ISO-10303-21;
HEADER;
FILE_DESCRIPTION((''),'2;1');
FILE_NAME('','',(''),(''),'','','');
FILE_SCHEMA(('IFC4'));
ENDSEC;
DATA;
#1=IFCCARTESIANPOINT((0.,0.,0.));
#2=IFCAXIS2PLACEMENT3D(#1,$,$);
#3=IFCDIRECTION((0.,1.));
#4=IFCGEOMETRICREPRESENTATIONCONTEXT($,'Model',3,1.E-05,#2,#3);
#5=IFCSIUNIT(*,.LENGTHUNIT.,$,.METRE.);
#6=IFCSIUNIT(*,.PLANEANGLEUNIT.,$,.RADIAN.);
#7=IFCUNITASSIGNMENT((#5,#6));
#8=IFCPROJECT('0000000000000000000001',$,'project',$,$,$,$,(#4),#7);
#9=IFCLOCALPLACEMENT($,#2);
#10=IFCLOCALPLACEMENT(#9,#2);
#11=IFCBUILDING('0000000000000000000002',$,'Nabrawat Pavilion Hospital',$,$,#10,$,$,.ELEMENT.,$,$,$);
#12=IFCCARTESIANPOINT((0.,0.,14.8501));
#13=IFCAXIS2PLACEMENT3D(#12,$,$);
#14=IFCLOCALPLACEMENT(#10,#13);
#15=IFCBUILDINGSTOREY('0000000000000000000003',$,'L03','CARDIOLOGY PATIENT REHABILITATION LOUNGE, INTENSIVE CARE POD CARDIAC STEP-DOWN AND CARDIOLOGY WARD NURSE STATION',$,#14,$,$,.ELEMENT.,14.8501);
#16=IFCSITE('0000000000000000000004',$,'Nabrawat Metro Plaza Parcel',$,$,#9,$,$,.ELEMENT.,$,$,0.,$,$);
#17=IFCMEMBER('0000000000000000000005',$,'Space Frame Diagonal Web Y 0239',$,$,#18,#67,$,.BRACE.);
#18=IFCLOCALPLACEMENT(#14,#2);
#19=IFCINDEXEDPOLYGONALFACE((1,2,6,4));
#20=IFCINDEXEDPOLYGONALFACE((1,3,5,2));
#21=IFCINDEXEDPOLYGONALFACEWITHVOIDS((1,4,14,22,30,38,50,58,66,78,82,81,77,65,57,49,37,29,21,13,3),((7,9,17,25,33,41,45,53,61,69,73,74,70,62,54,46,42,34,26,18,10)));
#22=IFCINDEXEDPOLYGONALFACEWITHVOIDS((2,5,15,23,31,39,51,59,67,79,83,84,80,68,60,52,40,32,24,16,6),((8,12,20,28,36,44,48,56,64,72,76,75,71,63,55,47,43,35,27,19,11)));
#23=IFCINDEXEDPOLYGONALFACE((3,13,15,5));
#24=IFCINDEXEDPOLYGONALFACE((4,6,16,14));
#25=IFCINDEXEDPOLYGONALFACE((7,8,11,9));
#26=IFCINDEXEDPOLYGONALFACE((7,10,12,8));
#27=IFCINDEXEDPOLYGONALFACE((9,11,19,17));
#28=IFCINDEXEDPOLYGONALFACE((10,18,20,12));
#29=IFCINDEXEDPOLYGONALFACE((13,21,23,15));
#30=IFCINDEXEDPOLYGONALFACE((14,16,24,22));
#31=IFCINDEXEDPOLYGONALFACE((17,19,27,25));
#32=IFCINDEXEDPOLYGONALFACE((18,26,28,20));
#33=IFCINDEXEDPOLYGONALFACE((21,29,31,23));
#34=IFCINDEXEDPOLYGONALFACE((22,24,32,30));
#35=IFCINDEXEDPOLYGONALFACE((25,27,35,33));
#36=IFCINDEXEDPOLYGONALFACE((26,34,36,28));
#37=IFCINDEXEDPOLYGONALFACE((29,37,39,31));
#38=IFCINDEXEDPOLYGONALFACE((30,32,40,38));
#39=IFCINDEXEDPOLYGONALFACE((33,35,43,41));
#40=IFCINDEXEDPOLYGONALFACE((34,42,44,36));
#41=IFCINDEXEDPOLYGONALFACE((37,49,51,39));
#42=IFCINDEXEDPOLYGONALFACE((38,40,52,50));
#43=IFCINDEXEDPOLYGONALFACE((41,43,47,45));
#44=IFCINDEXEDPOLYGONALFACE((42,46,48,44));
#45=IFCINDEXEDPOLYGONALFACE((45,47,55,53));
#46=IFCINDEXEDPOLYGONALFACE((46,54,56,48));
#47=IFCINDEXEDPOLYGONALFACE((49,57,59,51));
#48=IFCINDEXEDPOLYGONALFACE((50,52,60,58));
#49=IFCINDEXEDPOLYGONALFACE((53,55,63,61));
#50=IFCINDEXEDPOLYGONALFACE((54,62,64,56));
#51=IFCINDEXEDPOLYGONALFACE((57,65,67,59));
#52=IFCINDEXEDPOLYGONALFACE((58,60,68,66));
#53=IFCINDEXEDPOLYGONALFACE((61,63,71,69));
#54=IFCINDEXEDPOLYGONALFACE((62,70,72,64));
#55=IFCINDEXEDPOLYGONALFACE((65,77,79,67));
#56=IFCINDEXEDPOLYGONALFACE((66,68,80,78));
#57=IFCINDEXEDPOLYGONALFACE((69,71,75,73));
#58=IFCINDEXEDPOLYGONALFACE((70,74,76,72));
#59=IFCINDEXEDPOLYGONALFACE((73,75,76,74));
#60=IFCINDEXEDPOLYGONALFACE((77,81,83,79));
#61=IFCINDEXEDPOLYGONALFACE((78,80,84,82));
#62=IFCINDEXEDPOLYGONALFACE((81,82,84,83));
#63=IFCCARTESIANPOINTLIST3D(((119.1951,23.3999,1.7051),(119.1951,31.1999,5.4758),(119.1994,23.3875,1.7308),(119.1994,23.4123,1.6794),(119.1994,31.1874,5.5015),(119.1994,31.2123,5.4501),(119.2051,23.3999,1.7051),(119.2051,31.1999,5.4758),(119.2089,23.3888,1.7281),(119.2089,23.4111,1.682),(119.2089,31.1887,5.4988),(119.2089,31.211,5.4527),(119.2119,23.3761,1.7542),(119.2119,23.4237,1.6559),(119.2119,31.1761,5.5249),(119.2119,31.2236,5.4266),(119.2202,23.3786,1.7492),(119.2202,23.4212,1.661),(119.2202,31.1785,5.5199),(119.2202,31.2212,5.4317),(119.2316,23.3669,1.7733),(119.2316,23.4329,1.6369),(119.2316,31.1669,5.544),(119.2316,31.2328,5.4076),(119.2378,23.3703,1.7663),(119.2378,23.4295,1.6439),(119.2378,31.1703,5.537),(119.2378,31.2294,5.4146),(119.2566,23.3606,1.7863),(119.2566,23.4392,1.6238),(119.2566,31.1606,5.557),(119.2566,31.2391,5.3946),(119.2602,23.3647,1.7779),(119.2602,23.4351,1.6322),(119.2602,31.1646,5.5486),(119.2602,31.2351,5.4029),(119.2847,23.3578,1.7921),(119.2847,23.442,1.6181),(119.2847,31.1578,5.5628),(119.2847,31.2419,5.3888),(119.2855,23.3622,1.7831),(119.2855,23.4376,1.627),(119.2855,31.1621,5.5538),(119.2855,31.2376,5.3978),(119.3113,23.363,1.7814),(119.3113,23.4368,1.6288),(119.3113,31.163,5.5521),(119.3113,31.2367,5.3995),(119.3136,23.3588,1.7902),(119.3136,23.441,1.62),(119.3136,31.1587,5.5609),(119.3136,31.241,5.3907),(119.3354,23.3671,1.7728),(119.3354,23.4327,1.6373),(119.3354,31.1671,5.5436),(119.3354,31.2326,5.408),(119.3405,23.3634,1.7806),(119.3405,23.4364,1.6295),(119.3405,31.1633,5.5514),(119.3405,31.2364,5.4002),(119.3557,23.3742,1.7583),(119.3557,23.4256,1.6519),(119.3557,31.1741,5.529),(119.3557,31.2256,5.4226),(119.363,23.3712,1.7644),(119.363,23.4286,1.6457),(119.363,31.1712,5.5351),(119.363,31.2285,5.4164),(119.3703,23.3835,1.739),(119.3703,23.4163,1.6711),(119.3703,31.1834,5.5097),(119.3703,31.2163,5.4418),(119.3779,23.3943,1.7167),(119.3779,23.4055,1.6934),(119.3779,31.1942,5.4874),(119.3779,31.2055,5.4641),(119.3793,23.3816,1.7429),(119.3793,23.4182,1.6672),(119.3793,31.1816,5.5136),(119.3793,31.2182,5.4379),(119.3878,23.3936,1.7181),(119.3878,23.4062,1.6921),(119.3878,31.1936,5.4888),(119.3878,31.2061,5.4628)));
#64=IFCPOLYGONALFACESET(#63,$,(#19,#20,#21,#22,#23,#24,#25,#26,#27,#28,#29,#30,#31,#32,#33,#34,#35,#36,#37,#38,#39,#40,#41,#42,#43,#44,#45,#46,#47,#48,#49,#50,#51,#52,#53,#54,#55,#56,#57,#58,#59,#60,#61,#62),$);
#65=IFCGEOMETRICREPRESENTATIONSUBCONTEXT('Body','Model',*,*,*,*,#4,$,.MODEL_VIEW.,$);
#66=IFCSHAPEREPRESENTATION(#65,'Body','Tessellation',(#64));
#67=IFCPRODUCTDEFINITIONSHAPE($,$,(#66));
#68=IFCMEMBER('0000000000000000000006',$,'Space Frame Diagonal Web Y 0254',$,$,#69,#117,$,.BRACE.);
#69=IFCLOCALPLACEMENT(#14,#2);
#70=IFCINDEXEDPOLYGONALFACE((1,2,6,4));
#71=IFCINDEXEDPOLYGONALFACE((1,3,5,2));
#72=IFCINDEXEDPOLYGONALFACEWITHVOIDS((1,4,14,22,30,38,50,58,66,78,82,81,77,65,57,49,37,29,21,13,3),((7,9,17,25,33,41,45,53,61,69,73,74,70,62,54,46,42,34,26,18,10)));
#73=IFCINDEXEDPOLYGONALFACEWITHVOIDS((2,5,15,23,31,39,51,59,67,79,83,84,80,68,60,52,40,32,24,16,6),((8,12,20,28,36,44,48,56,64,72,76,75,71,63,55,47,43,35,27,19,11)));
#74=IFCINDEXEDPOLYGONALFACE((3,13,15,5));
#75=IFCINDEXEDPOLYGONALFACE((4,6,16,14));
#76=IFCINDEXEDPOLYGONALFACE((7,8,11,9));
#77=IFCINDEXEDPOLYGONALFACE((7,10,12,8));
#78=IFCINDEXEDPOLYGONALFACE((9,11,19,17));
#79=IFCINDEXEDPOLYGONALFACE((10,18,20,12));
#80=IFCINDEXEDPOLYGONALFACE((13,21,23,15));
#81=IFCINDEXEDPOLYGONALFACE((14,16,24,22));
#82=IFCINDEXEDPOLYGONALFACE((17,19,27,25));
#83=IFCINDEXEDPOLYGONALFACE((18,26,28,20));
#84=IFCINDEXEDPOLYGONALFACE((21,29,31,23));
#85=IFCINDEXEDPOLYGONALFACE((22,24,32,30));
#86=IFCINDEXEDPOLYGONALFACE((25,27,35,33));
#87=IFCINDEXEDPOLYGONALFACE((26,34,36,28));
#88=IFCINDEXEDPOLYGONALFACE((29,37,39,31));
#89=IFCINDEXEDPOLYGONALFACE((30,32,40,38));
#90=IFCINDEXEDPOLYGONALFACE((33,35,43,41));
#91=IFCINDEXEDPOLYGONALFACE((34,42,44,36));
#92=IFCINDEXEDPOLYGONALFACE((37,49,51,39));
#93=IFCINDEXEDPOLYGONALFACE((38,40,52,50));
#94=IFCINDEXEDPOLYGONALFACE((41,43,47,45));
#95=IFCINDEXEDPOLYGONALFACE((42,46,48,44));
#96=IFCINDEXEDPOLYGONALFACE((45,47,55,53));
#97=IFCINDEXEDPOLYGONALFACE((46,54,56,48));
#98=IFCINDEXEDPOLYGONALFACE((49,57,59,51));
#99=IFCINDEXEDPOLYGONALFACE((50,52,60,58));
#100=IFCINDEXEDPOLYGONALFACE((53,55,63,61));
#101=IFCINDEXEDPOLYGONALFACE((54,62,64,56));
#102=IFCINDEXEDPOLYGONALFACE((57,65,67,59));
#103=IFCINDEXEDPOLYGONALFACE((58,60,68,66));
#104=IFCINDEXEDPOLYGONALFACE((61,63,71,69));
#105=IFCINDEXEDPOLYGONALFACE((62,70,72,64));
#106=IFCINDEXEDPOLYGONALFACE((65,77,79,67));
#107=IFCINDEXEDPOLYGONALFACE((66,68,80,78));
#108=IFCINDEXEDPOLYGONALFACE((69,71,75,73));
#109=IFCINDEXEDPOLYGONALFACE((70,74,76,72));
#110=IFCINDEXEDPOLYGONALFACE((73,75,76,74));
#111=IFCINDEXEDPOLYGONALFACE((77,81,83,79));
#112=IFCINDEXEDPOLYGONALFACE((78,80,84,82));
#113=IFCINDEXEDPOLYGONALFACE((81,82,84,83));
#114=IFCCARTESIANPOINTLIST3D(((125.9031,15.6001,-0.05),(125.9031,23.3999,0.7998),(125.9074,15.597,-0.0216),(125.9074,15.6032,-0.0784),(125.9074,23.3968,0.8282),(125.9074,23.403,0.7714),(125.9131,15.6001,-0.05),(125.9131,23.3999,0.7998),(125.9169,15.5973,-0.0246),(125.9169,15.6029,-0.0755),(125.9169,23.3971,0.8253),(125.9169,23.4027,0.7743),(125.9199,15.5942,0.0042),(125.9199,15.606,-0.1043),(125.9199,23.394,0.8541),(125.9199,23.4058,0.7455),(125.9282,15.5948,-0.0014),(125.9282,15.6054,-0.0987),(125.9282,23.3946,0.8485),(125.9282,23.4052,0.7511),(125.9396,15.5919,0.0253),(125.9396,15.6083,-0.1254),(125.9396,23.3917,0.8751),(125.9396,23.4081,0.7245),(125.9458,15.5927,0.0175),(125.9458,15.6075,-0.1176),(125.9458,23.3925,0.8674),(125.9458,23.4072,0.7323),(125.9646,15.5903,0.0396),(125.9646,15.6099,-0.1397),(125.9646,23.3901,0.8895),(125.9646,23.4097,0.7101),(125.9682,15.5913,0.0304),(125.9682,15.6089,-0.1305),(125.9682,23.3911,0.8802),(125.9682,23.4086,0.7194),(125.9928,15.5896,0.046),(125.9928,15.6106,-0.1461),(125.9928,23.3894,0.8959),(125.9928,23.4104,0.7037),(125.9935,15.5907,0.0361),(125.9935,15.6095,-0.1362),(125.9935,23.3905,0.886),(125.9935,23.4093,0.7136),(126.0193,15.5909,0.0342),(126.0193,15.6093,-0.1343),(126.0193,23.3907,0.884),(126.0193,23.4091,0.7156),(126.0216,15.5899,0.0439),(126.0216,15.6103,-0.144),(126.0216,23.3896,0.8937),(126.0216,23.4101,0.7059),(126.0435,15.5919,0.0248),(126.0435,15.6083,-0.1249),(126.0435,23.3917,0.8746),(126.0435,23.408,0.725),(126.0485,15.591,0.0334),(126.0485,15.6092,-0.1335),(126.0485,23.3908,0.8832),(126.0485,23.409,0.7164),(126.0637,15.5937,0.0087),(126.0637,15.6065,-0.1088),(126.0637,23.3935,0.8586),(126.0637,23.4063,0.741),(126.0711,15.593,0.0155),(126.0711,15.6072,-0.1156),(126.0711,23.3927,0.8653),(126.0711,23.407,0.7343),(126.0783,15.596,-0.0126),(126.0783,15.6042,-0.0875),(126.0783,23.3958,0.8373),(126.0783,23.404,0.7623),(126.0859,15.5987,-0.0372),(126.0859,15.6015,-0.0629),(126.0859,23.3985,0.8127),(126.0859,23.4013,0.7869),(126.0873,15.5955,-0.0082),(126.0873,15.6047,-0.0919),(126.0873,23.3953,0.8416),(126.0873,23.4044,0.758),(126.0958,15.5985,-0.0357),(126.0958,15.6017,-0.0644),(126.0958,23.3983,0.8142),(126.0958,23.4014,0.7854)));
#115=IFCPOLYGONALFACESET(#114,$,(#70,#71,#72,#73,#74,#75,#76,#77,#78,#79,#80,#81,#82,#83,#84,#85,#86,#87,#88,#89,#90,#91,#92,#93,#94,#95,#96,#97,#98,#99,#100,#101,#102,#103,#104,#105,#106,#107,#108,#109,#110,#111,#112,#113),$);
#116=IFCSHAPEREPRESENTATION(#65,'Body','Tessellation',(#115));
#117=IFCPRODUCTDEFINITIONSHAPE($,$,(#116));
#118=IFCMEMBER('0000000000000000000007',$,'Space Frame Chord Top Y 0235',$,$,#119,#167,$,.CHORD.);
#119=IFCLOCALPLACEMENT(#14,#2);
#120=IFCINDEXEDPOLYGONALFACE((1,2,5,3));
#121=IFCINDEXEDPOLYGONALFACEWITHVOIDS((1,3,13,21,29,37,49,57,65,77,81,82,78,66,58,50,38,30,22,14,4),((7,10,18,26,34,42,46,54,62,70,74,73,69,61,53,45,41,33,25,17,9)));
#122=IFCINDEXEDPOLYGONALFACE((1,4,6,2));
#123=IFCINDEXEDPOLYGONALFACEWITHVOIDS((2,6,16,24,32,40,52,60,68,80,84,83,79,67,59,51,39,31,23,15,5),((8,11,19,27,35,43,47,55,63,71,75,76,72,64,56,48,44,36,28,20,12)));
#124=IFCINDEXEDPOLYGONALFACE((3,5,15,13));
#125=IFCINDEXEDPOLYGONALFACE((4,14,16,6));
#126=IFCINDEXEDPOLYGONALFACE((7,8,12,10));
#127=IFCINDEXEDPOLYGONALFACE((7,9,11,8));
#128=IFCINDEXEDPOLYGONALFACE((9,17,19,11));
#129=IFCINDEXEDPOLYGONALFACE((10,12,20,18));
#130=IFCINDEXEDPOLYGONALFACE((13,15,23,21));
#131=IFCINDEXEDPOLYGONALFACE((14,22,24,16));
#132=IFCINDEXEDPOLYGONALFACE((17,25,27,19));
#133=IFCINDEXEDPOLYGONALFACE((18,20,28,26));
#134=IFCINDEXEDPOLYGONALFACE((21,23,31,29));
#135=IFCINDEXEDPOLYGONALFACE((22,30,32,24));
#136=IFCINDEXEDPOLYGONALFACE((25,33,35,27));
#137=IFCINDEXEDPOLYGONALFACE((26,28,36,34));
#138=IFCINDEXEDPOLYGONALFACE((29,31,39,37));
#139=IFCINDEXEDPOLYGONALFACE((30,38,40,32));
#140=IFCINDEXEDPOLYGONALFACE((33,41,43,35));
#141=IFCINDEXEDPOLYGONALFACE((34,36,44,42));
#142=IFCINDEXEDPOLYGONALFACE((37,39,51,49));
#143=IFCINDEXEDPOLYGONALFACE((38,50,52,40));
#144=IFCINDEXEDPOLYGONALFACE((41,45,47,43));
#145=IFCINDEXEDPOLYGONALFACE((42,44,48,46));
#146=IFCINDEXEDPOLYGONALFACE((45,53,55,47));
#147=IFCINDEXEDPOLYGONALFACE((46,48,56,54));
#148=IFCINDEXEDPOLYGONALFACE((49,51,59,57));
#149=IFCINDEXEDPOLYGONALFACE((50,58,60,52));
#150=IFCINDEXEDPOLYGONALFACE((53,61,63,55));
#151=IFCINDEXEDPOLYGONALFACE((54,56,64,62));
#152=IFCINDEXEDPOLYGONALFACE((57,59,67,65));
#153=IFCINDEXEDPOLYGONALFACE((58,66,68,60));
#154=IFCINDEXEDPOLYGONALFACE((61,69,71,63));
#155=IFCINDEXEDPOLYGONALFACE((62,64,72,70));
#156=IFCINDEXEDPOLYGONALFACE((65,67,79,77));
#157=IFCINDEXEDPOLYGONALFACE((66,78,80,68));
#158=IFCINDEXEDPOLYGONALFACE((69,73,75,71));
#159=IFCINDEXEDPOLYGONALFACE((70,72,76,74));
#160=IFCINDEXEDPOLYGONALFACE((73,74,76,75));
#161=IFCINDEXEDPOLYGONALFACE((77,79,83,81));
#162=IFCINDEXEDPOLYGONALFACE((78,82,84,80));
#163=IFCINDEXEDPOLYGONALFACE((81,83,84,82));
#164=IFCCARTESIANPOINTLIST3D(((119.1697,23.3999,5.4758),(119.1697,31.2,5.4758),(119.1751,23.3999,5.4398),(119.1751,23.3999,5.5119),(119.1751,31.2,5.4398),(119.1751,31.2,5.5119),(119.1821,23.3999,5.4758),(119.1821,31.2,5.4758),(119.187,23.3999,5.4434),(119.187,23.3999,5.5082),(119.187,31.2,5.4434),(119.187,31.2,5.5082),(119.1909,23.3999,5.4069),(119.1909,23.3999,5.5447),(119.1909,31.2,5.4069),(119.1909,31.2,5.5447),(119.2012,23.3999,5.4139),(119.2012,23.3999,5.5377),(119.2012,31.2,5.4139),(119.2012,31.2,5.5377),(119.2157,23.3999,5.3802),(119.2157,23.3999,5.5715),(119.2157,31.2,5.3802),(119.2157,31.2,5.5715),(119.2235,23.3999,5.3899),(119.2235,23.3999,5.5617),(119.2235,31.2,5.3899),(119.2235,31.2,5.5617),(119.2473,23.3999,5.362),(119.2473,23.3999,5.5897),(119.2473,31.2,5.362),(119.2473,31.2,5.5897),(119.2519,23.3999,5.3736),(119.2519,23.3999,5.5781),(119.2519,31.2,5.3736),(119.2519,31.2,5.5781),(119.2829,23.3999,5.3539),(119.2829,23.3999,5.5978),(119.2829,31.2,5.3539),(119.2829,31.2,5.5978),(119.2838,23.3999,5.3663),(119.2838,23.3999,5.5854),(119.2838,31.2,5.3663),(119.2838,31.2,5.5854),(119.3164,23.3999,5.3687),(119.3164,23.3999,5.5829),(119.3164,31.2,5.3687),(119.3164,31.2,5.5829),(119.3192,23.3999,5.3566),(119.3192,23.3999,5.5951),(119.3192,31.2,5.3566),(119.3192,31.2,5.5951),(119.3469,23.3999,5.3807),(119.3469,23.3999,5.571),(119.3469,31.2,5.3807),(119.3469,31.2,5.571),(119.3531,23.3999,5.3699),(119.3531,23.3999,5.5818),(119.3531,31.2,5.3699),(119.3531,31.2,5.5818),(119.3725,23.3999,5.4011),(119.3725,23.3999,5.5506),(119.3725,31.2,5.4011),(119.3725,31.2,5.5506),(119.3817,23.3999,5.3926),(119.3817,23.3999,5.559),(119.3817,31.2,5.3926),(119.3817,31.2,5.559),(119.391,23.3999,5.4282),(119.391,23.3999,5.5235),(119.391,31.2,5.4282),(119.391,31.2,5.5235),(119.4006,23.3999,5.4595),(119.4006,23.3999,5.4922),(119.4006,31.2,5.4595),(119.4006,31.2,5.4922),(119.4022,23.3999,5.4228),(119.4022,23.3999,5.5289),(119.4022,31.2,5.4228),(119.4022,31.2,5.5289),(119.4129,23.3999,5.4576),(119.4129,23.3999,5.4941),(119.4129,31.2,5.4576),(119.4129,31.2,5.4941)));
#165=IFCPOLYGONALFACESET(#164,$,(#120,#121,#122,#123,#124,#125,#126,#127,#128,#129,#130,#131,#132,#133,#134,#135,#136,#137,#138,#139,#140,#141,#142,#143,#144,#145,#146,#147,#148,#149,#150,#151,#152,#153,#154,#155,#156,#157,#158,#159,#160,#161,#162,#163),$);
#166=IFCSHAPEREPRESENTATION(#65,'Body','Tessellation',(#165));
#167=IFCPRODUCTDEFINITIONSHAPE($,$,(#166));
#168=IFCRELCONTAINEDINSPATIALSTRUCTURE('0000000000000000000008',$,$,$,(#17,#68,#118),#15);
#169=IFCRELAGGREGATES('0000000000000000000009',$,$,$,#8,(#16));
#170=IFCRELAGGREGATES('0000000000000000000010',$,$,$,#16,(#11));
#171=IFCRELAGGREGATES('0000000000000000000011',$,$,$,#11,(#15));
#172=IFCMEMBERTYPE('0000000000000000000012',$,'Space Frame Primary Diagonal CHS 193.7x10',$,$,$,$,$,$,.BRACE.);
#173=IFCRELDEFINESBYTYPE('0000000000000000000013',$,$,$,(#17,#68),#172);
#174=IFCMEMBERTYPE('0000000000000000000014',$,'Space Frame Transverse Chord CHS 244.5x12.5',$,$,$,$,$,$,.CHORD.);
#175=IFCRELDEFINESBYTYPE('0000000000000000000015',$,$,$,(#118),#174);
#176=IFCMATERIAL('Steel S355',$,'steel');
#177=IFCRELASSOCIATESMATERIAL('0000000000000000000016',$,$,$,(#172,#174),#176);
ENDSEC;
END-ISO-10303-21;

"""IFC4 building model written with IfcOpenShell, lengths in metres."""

from ifc_helpers import new_model, si_unit, direction, frame, origin, origin_2d, place, context, subcontext, project, spatial, hollow_circle, extrude, material, material_profile, profile_set, type_object, element, save


model = new_model("IFC4")

# Units and contexts
model_context = context("Model", 3, precision=1e-05, world=origin(), true_north=direction((0.0, 1.0)))
body_context = subcontext(model_context, "Body", "Model", "MODEL_VIEW")
ifc_project = project(units=[si_unit("LENGTHUNIT", "METRE"), si_unit("PLANEANGLEUNIT", "RADIAN")], contexts=[model_context])

# Site, building, storey
site_placement = place(None, origin())
site = spatial("IfcSite", under=ifc_project, at=site_placement, Name="Nabrawat Metro Plaza Parcel", CompositionType="ELEMENT", RefElevation=0.0)
building_placement = place(site_placement, origin())
building = spatial("IfcBuilding", under=site, at=building_placement, Name="Nabrawat Pavilion Hospital", CompositionType="ELEMENT")
storey_placement = place(building_placement, frame((0.0, 0.0, 14.8501)))
storey = spatial("IfcBuildingStorey", under=building, at=storey_placement, Name="L03", Description="CARDIOLOGY PATIENT REHABILITATION LOUNGE, INTENSIVE CARE POD CARDIAC STEP-DOWN AND CARDIOLOGY WARD NURSE STATION", CompositionType="ELEMENT", Elevation=14.8501)

# Shared definitions
ifc_material = material(Name="Steel S355", Category="steel")

# Members
ifc_material_profile_1 = material_profile(ifc_material, hollow_circle(Radius=0.0969, WallThickness=0.01, at=origin_2d()), Name="CHS 193.7x10")
ifc_profile_set_1 = profile_set([ifc_material_profile_1], Name="Steel S355")
member_type_1 = type_object("IfcMemberType", Name="Space Frame Primary Diagonal CHS 193.7x10", PredefinedType="BRACE", material=ifc_profile_set_1)
member_1_placement = place(storey_placement, frame((119.292, 23.3999, 1.7051), z_axis=(0.0, 0.900316, 0.435237), x_axis=(-1.0, 0.0, 0.0)))
element("IfcMember", 1, at=member_1_placement, inside=storey, type_object=member_type_1, Name="Space Frame Diagonal Web Y 0239", PredefinedType="BRACE", context=body_context, shape_type="SweptSolid", body=[
    extrude(hollow_circle(Radius=0.0969, WallThickness=0.01, at=origin_2d()), origin(), (0.0, 0.0, 1.0), 8.6636),
])
member_2_placement = place(storey_placement, frame((126.0, 15.6001, -0.05), z_axis=(0.0, 0.994116, 0.108317), x_axis=(-1.0, 0.0, 0.0)))
element("IfcMember", 2, at=member_2_placement, inside=storey, type_object=member_type_1, Name="Space Frame Diagonal Web Y 0254", PredefinedType="BRACE", context=body_context, shape_type="SweptSolid", body=[
    extrude(hollow_circle(Radius=0.0969, WallThickness=0.01, at=origin_2d()), origin(), (0.0, 0.0, 1.0), 7.8459),
])
ifc_material_profile_2 = material_profile(ifc_material, hollow_circle(Radius=0.1223, WallThickness=0.0125, at=origin_2d()), Name="CHS 244.5x12.5")
ifc_profile_set_2 = profile_set([ifc_material_profile_2], Name="Steel S355")
member_type_2 = type_object("IfcMemberType", Name="Space Frame Transverse Chord CHS 244.5x12.5", PredefinedType="CHORD", material=ifc_profile_set_2)
for number, where, z_axis, x_axis, name in (
    (3, (119.292, 23.3999, 5.4758), (0.0, 1.0, 0.0), (-1.0, 0.0, 0.0), "Space Frame Chord Top Y 0235"),
):
    element("IfcMember", number, at=place(storey_placement, frame(where, z_axis=z_axis, x_axis=x_axis)), inside=storey, type_object=member_type_2, Name=name, PredefinedType="CHORD", context=body_context, shape_type="SweptSolid", body=[
        extrude(hollow_circle(Radius=0.1223, WallThickness=0.0125, at=origin_2d()), origin(), (0.0, 0.0, 1.0), 7.8),
    ])

save(model, "model.ifc")
